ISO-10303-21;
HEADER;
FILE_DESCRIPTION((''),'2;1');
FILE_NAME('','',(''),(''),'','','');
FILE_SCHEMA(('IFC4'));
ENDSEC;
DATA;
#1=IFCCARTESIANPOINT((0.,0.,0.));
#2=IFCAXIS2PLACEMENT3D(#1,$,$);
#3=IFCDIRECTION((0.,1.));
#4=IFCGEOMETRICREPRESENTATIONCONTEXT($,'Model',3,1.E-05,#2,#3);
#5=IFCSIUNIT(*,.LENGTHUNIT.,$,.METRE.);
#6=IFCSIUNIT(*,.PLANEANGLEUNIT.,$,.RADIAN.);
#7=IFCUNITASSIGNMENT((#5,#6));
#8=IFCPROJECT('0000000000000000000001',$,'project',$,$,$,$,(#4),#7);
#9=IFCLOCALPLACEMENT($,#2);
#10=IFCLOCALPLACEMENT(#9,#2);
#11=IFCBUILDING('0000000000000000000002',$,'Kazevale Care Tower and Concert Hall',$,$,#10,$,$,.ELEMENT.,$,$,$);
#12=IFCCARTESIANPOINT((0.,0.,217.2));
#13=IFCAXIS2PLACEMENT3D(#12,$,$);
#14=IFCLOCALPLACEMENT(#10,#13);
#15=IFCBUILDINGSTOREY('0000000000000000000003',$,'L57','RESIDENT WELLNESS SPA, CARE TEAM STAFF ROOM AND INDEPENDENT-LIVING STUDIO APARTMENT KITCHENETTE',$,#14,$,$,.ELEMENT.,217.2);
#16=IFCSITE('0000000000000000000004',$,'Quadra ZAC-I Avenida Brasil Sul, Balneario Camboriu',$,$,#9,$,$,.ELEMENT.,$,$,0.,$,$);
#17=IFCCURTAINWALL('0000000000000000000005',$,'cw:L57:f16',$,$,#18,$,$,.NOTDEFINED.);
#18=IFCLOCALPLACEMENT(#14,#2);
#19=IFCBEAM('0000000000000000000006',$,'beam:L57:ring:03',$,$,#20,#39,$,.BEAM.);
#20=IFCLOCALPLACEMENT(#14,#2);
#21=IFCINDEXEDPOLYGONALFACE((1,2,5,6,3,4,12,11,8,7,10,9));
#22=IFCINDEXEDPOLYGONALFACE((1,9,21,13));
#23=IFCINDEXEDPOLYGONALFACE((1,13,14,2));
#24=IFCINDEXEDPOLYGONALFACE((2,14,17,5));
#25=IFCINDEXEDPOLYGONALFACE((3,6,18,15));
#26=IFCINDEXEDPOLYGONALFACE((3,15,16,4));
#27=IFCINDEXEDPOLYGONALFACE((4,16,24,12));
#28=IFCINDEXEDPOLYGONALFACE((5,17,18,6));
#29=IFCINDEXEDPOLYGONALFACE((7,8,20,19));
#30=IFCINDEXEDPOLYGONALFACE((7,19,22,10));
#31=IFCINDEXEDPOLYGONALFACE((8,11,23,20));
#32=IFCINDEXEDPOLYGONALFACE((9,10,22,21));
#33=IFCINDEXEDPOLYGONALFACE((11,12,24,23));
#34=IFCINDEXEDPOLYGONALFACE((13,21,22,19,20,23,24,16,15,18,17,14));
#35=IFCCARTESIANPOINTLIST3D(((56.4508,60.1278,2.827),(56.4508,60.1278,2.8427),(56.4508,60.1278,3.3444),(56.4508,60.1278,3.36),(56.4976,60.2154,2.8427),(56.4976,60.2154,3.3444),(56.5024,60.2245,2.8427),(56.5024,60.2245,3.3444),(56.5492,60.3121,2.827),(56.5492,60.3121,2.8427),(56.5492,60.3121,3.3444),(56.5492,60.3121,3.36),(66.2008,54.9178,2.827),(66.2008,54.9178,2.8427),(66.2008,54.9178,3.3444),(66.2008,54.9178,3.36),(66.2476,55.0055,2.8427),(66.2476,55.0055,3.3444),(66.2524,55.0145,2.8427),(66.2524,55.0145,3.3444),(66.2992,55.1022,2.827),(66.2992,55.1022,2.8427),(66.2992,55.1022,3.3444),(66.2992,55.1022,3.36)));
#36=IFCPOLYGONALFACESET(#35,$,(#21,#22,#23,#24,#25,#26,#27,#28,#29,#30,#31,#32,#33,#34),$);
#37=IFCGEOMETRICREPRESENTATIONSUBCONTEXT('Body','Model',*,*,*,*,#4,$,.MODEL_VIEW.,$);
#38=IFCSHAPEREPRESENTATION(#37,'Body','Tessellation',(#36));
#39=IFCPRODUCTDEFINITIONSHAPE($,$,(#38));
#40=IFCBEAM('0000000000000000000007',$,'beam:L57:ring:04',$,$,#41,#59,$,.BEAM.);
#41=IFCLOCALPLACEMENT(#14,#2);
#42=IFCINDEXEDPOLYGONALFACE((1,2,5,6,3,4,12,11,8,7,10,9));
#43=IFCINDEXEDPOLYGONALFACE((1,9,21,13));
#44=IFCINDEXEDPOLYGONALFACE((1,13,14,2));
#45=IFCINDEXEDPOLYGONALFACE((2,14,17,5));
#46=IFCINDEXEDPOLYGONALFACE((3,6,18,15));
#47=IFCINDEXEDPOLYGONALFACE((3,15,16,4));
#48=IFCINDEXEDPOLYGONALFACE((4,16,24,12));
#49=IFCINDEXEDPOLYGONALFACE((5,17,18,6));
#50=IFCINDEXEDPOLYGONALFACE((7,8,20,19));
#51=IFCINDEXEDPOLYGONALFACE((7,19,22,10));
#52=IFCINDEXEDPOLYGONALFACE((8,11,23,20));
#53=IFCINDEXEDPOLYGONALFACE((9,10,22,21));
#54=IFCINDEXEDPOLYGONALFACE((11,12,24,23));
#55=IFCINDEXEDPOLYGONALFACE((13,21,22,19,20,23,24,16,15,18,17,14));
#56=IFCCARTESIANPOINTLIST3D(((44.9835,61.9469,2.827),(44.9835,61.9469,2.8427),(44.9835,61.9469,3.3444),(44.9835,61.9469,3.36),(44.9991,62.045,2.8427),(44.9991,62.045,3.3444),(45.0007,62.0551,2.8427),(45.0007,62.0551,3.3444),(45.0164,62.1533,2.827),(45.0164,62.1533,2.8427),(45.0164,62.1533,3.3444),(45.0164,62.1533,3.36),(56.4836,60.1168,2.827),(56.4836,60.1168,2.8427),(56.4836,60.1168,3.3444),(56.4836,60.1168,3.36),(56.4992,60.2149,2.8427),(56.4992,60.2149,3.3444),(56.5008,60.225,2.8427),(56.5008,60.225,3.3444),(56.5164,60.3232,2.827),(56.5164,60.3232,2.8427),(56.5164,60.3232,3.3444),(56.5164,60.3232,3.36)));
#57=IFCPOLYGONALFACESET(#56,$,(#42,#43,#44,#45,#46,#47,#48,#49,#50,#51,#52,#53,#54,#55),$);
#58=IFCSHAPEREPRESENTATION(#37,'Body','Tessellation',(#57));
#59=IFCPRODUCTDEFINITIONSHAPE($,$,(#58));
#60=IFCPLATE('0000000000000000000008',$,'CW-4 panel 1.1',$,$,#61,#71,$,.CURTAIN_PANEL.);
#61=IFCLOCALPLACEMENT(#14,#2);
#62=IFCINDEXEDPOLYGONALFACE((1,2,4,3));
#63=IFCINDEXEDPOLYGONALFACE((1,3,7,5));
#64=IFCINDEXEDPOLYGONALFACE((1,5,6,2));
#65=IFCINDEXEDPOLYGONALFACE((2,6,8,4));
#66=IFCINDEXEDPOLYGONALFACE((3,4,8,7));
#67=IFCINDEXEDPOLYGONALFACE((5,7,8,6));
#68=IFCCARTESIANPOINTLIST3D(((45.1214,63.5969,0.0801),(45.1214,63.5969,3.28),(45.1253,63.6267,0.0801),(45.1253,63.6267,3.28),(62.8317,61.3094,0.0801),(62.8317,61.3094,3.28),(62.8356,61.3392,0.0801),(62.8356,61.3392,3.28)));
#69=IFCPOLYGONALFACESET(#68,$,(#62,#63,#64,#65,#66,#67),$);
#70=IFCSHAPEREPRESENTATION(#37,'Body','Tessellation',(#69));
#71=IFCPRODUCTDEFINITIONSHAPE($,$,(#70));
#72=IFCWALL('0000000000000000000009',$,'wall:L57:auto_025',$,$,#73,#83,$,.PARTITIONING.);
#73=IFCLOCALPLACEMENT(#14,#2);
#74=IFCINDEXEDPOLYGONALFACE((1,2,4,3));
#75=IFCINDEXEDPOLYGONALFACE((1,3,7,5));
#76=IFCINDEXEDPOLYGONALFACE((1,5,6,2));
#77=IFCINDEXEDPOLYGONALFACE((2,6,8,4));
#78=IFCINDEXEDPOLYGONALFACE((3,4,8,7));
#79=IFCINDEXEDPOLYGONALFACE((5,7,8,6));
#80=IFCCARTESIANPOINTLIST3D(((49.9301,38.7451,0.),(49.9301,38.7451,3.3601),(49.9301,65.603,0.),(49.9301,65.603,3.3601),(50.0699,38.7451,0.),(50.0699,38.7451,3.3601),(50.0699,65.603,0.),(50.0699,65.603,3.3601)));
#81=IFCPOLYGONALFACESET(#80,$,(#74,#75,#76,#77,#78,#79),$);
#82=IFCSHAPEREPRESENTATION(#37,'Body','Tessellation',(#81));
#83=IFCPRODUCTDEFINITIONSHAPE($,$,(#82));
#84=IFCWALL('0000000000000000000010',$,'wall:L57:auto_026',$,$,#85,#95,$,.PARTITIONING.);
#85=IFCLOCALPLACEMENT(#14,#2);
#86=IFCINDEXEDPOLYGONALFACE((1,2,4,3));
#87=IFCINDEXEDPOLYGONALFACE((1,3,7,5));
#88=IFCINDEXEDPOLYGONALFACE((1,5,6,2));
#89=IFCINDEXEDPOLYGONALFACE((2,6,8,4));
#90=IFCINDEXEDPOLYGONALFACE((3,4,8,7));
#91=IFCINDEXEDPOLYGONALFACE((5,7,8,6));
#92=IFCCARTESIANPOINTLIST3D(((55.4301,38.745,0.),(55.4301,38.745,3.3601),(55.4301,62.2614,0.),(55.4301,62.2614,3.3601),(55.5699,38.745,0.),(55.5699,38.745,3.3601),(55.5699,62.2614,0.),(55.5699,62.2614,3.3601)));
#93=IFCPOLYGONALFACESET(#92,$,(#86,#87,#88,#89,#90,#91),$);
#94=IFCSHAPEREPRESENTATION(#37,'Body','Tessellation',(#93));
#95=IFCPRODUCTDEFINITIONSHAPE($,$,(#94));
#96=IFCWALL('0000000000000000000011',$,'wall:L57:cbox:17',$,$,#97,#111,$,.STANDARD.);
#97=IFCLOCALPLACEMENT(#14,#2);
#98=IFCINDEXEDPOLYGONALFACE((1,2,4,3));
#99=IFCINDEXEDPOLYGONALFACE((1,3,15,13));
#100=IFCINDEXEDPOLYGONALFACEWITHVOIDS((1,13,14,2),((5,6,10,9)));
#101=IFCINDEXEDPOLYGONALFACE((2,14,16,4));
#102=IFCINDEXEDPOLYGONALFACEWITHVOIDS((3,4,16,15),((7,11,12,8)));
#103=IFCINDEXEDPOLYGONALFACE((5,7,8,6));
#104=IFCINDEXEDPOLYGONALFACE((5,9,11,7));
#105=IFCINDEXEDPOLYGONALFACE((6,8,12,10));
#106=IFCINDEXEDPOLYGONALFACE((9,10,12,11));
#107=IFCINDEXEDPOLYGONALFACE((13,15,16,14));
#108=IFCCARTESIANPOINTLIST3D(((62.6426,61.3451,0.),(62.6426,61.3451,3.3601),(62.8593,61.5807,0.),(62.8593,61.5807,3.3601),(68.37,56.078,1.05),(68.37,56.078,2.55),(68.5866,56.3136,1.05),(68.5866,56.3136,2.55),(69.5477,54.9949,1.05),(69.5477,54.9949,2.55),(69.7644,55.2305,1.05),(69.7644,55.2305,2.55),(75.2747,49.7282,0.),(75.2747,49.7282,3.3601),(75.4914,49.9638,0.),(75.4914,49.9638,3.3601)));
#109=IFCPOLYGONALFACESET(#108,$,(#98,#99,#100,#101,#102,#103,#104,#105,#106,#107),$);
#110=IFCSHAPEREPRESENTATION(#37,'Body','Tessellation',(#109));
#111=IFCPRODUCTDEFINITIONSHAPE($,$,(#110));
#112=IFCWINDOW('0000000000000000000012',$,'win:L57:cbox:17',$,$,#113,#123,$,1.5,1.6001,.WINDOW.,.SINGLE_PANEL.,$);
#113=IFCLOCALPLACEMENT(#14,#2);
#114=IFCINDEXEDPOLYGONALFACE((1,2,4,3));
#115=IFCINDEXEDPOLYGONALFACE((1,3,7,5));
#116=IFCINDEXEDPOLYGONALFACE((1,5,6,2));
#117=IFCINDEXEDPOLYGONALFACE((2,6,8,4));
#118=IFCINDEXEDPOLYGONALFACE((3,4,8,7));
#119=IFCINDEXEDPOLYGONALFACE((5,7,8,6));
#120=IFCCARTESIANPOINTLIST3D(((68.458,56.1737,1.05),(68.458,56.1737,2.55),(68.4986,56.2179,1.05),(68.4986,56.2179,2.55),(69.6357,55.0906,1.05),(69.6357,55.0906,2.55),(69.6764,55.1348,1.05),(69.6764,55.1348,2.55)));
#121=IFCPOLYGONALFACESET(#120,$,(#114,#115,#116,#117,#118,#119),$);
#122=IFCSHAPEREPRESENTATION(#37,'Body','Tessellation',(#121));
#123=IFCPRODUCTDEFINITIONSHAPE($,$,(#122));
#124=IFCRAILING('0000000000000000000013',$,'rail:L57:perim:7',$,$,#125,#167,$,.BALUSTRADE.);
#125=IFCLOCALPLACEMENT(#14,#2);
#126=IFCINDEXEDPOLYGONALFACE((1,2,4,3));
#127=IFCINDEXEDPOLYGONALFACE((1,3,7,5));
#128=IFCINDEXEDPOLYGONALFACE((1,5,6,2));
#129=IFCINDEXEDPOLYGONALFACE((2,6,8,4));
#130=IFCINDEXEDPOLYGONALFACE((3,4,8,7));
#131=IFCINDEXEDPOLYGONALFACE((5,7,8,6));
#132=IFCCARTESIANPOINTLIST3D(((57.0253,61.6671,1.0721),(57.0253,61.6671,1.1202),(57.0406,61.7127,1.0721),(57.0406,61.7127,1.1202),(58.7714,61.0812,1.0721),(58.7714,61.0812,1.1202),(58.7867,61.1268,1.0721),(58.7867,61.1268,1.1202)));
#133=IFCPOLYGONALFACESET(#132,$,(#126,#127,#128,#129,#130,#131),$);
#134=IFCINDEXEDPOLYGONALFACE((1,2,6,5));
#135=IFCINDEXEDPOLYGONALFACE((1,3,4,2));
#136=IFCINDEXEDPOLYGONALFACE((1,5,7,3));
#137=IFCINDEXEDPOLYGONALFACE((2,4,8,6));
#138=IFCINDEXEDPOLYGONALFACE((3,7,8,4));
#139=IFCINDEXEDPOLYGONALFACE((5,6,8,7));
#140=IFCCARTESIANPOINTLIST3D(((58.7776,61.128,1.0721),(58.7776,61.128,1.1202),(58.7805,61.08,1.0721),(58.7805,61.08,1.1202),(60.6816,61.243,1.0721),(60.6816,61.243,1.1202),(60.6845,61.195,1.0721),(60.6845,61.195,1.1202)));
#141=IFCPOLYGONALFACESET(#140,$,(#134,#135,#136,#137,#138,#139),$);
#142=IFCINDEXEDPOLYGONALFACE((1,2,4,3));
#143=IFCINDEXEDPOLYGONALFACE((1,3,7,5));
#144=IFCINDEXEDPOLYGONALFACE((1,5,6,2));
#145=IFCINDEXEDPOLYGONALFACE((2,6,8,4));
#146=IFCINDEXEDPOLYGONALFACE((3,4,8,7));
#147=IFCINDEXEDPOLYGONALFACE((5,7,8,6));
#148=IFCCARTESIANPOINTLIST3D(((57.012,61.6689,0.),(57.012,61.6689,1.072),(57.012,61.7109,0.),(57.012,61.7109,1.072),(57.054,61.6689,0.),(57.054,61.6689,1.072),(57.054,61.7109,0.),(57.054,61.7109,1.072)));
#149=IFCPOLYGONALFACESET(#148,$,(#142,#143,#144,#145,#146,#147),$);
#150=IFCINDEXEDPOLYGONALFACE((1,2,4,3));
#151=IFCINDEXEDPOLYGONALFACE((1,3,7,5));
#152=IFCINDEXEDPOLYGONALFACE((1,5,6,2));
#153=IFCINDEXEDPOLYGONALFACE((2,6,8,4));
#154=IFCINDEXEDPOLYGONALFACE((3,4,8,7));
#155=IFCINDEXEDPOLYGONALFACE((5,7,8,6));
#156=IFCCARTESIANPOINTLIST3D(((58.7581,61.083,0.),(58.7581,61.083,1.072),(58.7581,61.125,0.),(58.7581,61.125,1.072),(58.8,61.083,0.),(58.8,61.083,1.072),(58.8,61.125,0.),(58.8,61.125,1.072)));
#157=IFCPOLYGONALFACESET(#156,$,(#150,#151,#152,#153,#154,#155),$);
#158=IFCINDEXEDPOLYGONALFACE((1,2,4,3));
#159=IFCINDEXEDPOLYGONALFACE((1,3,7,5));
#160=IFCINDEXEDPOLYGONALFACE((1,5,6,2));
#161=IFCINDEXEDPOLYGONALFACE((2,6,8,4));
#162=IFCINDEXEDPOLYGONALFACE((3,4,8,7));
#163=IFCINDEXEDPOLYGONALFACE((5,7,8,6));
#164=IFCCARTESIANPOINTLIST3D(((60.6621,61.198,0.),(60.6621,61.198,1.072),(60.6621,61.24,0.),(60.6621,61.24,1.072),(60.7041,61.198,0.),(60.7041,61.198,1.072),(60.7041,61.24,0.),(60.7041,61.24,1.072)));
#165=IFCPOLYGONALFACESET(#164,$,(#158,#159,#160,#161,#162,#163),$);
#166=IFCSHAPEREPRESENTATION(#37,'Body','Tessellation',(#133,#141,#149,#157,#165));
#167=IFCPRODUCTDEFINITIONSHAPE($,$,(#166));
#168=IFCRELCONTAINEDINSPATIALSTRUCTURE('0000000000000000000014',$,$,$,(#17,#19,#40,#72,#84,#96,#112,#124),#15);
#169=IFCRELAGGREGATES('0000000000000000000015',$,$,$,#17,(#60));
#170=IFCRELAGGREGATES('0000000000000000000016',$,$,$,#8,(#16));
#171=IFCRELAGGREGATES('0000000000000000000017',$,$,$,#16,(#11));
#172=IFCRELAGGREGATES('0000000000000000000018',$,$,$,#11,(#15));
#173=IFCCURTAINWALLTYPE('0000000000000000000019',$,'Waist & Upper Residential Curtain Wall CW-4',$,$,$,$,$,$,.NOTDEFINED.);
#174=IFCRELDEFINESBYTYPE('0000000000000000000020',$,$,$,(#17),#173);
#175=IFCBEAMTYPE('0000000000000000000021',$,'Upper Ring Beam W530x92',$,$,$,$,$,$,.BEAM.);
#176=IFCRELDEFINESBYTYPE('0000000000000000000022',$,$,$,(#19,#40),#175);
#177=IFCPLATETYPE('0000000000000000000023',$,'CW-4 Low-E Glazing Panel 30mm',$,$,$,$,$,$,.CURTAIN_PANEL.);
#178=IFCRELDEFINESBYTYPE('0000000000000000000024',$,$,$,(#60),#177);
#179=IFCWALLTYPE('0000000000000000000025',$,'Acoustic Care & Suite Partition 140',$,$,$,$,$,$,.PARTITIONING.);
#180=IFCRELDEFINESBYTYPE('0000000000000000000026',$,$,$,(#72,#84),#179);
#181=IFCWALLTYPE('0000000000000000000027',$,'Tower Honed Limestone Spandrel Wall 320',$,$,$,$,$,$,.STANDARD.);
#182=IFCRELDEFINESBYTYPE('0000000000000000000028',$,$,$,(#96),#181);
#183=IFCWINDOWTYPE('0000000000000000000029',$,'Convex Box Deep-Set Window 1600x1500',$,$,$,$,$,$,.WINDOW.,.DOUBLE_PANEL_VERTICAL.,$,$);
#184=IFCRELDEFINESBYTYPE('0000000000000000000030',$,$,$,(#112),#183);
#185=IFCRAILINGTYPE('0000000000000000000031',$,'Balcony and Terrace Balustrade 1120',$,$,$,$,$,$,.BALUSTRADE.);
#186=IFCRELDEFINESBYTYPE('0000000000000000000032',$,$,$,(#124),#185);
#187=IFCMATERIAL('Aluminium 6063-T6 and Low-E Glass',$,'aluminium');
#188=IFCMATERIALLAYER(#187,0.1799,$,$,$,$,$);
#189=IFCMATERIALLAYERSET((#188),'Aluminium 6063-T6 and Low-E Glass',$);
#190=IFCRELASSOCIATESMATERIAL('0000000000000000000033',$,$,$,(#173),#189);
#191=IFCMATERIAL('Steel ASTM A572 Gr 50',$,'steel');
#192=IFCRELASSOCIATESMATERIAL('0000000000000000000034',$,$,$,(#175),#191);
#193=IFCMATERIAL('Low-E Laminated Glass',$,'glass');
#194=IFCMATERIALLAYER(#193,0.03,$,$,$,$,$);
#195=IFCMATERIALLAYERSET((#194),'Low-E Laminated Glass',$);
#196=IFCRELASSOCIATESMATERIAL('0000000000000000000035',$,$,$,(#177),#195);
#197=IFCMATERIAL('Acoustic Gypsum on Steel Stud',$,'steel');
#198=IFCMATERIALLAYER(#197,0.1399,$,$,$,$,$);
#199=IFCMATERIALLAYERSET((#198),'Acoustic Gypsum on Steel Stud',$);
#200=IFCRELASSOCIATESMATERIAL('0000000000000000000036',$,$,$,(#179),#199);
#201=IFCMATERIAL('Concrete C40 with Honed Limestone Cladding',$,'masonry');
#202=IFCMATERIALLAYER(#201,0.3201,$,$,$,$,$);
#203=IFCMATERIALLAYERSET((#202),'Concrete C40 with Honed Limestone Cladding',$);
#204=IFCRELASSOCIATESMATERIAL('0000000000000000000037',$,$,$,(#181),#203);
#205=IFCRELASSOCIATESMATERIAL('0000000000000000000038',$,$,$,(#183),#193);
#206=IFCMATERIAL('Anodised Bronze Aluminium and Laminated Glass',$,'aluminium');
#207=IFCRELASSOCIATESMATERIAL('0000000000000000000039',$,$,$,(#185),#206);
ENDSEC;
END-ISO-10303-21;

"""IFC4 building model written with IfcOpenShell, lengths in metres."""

from ifc_helpers import new_model, si_unit, direction, frame, frame_2d, origin, origin_2d, place, context, subcontext, project, spatial, rectangle, i_section, extrude, material, layer, layer_set, material_profile, profile_set, type_object, element, fill, aggregate, save


model = new_model("IFC4")

# Units and contexts
model_context = context("Model", 3, precision=1e-05, world=origin(), true_north=direction((0.0, 1.0)))
body_context = subcontext(model_context, "Body", "Model", "MODEL_VIEW")
ifc_project = project(units=[si_unit("LENGTHUNIT", "METRE"), si_unit("PLANEANGLEUNIT", "RADIAN")], contexts=[model_context])

# Site, building, storey
site_placement = place(None, origin())
site = spatial("IfcSite", under=ifc_project, at=site_placement, Name="Quadra ZAC-I Avenida Brasil Sul, Balneario Camboriu", CompositionType="ELEMENT", RefElevation=0.0)
building_placement = place(site_placement, origin())
building = spatial("IfcBuilding", under=site, at=building_placement, Name="Kazevale Care Tower and Concert Hall", CompositionType="ELEMENT")
storey_placement = place(building_placement, frame((0.0, 0.0, 217.2)))
storey = spatial("IfcBuildingStorey", under=building, at=storey_placement, Name="L57", Description="RESIDENT WELLNESS SPA, CARE TEAM STAFF ROOM AND INDEPENDENT-LIVING STUDIO APARTMENT KITCHENETTE", CompositionType="ELEMENT", Elevation=217.2)

# Curtain wall
ifc_material_1 = material(Name="Aluminium 6063-T6 and Low-E Glass", Category="aluminium")
ifc_layer_1 = layer(ifc_material_1, 0.1799)
ifc_layer_set_1 = layer_set([ifc_layer_1], Name="Aluminium 6063-T6 and Low-E Glass")
curtain_wall_type = type_object("IfcCurtainWallType", Name="Waist & Upper Residential Curtain Wall CW-4", PredefinedType="NOTDEFINED", material=ifc_layer_set_1)
curtain_wall_1_placement = place(storey_placement, origin())
curtain_wall_1 = element("IfcCurtainWall", 1, at=curtain_wall_1_placement, inside=storey, type_object=curtain_wall_type, Name="cw:L57:f16", PredefinedType="NOTDEFINED")

# Beams
ifc_material_2 = material(Name="Steel ASTM A572 Gr 50", Category="steel")
ifc_material_profile_1 = material_profile(ifc_material_2, i_section(OverallWidth=0.209, OverallDepth=0.533, WebThickness=0.0103, FlangeThickness=0.0156, at=origin_2d()), Name="W530x92")
ifc_profile_set_1 = profile_set([ifc_material_profile_1], Name="Steel ASTM A572 Gr 50")
beam_type_1 = type_object("IfcBeamType", Name="Upper Ring Beam W530x92", PredefinedType="BEAM", material=ifc_profile_set_1)
beam_1_placement = place(storey_placement, frame((66.25, 55.01, 3.0935), z_axis=(-0.881979, 0.47129, 0.0), x_axis=(-0.47129, -0.881979, 0.0)))
element("IfcBeam", 2, at=beam_1_placement, inside=storey, type_object=beam_type_1, Name="beam:L57:ring:03", PredefinedType="BEAM", context=body_context, shape_type="SweptSolid", body=[
    extrude(i_section(OverallWidth=0.209, OverallDepth=0.533, WebThickness=0.0103, FlangeThickness=0.0156, at=origin_2d()), origin(), (0.0, 0.0, 1.0), 11.0547),
])
beam_2_placement = place(storey_placement, frame((56.5, 60.22, 3.0935), z_axis=(-0.987573, 0.15716, 0.0), x_axis=(-0.15716, -0.987573, 0.0)))
element("IfcBeam", 3, at=beam_2_placement, inside=storey, type_object=beam_type_1, Name="beam:L57:ring:04", PredefinedType="BEAM", context=body_context, shape_type="SweptSolid", body=[
    extrude(i_section(OverallWidth=0.209, OverallDepth=0.533, WebThickness=0.0103, FlangeThickness=0.0156, at=origin_2d()), origin(), (0.0, 0.0, 1.0), 11.6448),
])

# Plate
ifc_material_3 = material(Name="Low-E Laminated Glass", Category="glass")
ifc_layer_2 = layer(ifc_material_3, 0.03)
ifc_layer_set_2 = layer_set([ifc_layer_2], Name="Low-E Laminated Glass")
plate_type = type_object("IfcPlateType", Name="CW-4 Low-E Glazing Panel 30mm", PredefinedType="CURTAIN_PANEL", material=ifc_layer_set_2)
plate_placement = place(storey_placement, frame((53.9785, 62.468, 0.0801), z_axis=(0.0, 0.0, 1.0), x_axis=(0.991761, -0.128098, 0.0)))
plate = element("IfcPlate", 4, at=plate_placement, type_object=plate_type, Name="CW-4 panel 1.1", PredefinedType="CURTAIN_PANEL", context=body_context, shape_type="SweptSolid", body=[
    extrude(rectangle(XDim=17.8574, YDim=0.03, at=origin_2d()), origin(), (0.0, 0.0, 1.0), 3.2),
])
aggregate(curtain_wall_1, [plate])

# Walls
ifc_material_4 = material(Name="Acoustic Gypsum on Steel Stud", Category="steel")
ifc_layer_3 = layer(ifc_material_4, 0.1399)
ifc_layer_set_3 = layer_set([ifc_layer_3], Name="Acoustic Gypsum on Steel Stud")
wall_type_1 = type_object("IfcWallType", Name="Acoustic Care & Suite Partition 140", PredefinedType="PARTITIONING", material=ifc_layer_set_3)
wall_1_placement = place(storey_placement, frame((50.0, 65.603, 0.0), z_axis=(0.0, 0.0, 1.0), x_axis=(0.0, -1.0, 0.0)))
element("IfcWall", 5, at=wall_1_placement, inside=storey, type_object=wall_type_1, Name="wall:L57:auto_025", PredefinedType="PARTITIONING", context=body_context, shape_type="SweptSolid", body=[
    extrude(rectangle(XDim=26.8579, YDim=0.1399, at=frame_2d((13.429, 0.0))), origin(), (0.0, 0.0, 1.0), 3.3601),
])
wall_2_placement = place(storey_placement, frame((55.5, 62.2615, 0.0), z_axis=(0.0, 0.0, 1.0), x_axis=(0.0, -1.0, 0.0)))
element("IfcWall", 6, at=wall_2_placement, inside=storey, type_object=wall_type_1, Name="wall:L57:auto_026", PredefinedType="PARTITIONING", context=body_context, shape_type="SweptSolid", body=[
    extrude(rectangle(XDim=23.5164, YDim=0.1399, at=frame_2d((11.7583, 0.0))), origin(), (0.0, 0.0, 1.0), 3.3601),
])

# Wall, opening, window
ifc_material_5 = material(Name="Concrete C40 with Honed Limestone Cladding", Category="masonry")
ifc_layer_4 = layer(ifc_material_5, 0.3201)
ifc_layer_set_4 = layer_set([ifc_layer_4], Name="Concrete C40 with Honed Limestone Cladding")
wall_type_2 = type_object("IfcWallType", Name="Tower Honed Limestone Spandrel Wall 320", PredefinedType="STANDARD", material=ifc_layer_set_4)
wall_3_placement = place(storey_placement, frame((62.751, 61.4629, 0.0), z_axis=(0.0, 0.0, 1.0), x_axis=(0.736064, -0.676912, 0.0)))
wall_3 = element("IfcWall", 7, at=wall_3_placement, inside=storey, type_object=wall_type_2, Name="wall:L57:cbox:17", PredefinedType="STANDARD", context=body_context, shape_type="SweptSolid", body=[
    extrude(rectangle(XDim=17.1616, YDim=0.3201, at=frame_2d((8.5808, 0.0))), origin(), (0.0, 0.0, 1.0), 3.3601),
])
opening_placement = place(wall_3_placement, frame((7.781, 0.0, 1.05)))
opening = element("IfcOpeningElement", 8, at=opening_placement, cuts=wall_3, PredefinedType="OPENING", context=body_context, shape_type="SweptSolid", body=[
    extrude(rectangle(XDim=1.6001, YDim=1.5, at=frame_2d((0.8, 0.75))), frame((0.0, 0.1699, 0.0), z_axis=(0.0, -1.0, 0.0), x_axis=(1.0, 0.0, 0.0)), (0.0, 0.0, 1.0), 0.3401),
])
window_type = type_object("IfcWindowType", Name="Convex Box Deep-Set Window 1600x1500", PartitioningType="DOUBLE_PANEL_VERTICAL", PredefinedType="WINDOW", material=ifc_material_3)
window_placement = place(opening_placement, origin())
window = element("IfcWindow", 9, at=window_placement, inside=storey, type_object=window_type, Name="win:L57:cbox:17", OverallHeight=1.5, OverallWidth=1.6001, PartitioningType="SINGLE_PANEL", PredefinedType="WINDOW", context=body_context, shape_type="SweptSolid", body=[
    extrude(rectangle(XDim=1.6001, YDim=1.5, at=frame_2d((0.8, 0.75))), frame((0.0, 0.03, 0.0), z_axis=(0.0, -1.0, 0.0), x_axis=(1.0, 0.0, 0.0)), (0.0, 0.0, 1.0), 0.0601),
])
fill(opening, window)

# Railing
ifc_material_6 = material(Name="Anodised Bronze Aluminium and Laminated Glass", Category="aluminium")
railing_type = type_object("IfcRailingType", Name="Balcony and Terrace Balustrade 1120", PredefinedType="BALUSTRADE", material=ifc_material_6)
railing_1_placement = place(storey_placement, frame((57.033, 61.6899, 0.0)))
element("IfcRailing", 10, at=railing_1_placement, inside=storey, type_object=railing_type, Name="rail:L57:perim:7", PredefinedType="BALUSTRADE", context=body_context, shape_type="SweptSolid", body=[
    extrude(rectangle(XDim=0.0481, YDim=0.0481, at=origin_2d()), frame((0.0, 0.0, 1.0962), z_axis=(0.948045, -0.318136, 0.0), x_axis=(0.318136, 0.948045, 0.0)), (0.0, 0.0, 1.0), 1.8418),
    extrude(rectangle(XDim=0.0481, YDim=0.0481, at=origin_2d()), frame((1.7461, -0.5859, 1.0962), z_axis=(0.998181, 0.060283, 0.0), x_axis=(-0.060283, 0.998181, 0.0)), (0.0, 0.0, 1.0), 1.9075),
    extrude(rectangle(XDim=0.042, YDim=0.042, at=origin_2d()), origin(), (0.0, 0.0, 1.0), 1.072),
    extrude(rectangle(XDim=0.042, YDim=0.042, at=origin_2d()), frame((1.7461, -0.5859, 0.0)), (0.0, 0.0, 1.0), 1.072),
    extrude(rectangle(XDim=0.042, YDim=0.042, at=origin_2d()), frame((3.6501, -0.4709, 0.0)), (0.0, 0.0, 1.0), 1.072),
])

save(model, "model.ifc")
